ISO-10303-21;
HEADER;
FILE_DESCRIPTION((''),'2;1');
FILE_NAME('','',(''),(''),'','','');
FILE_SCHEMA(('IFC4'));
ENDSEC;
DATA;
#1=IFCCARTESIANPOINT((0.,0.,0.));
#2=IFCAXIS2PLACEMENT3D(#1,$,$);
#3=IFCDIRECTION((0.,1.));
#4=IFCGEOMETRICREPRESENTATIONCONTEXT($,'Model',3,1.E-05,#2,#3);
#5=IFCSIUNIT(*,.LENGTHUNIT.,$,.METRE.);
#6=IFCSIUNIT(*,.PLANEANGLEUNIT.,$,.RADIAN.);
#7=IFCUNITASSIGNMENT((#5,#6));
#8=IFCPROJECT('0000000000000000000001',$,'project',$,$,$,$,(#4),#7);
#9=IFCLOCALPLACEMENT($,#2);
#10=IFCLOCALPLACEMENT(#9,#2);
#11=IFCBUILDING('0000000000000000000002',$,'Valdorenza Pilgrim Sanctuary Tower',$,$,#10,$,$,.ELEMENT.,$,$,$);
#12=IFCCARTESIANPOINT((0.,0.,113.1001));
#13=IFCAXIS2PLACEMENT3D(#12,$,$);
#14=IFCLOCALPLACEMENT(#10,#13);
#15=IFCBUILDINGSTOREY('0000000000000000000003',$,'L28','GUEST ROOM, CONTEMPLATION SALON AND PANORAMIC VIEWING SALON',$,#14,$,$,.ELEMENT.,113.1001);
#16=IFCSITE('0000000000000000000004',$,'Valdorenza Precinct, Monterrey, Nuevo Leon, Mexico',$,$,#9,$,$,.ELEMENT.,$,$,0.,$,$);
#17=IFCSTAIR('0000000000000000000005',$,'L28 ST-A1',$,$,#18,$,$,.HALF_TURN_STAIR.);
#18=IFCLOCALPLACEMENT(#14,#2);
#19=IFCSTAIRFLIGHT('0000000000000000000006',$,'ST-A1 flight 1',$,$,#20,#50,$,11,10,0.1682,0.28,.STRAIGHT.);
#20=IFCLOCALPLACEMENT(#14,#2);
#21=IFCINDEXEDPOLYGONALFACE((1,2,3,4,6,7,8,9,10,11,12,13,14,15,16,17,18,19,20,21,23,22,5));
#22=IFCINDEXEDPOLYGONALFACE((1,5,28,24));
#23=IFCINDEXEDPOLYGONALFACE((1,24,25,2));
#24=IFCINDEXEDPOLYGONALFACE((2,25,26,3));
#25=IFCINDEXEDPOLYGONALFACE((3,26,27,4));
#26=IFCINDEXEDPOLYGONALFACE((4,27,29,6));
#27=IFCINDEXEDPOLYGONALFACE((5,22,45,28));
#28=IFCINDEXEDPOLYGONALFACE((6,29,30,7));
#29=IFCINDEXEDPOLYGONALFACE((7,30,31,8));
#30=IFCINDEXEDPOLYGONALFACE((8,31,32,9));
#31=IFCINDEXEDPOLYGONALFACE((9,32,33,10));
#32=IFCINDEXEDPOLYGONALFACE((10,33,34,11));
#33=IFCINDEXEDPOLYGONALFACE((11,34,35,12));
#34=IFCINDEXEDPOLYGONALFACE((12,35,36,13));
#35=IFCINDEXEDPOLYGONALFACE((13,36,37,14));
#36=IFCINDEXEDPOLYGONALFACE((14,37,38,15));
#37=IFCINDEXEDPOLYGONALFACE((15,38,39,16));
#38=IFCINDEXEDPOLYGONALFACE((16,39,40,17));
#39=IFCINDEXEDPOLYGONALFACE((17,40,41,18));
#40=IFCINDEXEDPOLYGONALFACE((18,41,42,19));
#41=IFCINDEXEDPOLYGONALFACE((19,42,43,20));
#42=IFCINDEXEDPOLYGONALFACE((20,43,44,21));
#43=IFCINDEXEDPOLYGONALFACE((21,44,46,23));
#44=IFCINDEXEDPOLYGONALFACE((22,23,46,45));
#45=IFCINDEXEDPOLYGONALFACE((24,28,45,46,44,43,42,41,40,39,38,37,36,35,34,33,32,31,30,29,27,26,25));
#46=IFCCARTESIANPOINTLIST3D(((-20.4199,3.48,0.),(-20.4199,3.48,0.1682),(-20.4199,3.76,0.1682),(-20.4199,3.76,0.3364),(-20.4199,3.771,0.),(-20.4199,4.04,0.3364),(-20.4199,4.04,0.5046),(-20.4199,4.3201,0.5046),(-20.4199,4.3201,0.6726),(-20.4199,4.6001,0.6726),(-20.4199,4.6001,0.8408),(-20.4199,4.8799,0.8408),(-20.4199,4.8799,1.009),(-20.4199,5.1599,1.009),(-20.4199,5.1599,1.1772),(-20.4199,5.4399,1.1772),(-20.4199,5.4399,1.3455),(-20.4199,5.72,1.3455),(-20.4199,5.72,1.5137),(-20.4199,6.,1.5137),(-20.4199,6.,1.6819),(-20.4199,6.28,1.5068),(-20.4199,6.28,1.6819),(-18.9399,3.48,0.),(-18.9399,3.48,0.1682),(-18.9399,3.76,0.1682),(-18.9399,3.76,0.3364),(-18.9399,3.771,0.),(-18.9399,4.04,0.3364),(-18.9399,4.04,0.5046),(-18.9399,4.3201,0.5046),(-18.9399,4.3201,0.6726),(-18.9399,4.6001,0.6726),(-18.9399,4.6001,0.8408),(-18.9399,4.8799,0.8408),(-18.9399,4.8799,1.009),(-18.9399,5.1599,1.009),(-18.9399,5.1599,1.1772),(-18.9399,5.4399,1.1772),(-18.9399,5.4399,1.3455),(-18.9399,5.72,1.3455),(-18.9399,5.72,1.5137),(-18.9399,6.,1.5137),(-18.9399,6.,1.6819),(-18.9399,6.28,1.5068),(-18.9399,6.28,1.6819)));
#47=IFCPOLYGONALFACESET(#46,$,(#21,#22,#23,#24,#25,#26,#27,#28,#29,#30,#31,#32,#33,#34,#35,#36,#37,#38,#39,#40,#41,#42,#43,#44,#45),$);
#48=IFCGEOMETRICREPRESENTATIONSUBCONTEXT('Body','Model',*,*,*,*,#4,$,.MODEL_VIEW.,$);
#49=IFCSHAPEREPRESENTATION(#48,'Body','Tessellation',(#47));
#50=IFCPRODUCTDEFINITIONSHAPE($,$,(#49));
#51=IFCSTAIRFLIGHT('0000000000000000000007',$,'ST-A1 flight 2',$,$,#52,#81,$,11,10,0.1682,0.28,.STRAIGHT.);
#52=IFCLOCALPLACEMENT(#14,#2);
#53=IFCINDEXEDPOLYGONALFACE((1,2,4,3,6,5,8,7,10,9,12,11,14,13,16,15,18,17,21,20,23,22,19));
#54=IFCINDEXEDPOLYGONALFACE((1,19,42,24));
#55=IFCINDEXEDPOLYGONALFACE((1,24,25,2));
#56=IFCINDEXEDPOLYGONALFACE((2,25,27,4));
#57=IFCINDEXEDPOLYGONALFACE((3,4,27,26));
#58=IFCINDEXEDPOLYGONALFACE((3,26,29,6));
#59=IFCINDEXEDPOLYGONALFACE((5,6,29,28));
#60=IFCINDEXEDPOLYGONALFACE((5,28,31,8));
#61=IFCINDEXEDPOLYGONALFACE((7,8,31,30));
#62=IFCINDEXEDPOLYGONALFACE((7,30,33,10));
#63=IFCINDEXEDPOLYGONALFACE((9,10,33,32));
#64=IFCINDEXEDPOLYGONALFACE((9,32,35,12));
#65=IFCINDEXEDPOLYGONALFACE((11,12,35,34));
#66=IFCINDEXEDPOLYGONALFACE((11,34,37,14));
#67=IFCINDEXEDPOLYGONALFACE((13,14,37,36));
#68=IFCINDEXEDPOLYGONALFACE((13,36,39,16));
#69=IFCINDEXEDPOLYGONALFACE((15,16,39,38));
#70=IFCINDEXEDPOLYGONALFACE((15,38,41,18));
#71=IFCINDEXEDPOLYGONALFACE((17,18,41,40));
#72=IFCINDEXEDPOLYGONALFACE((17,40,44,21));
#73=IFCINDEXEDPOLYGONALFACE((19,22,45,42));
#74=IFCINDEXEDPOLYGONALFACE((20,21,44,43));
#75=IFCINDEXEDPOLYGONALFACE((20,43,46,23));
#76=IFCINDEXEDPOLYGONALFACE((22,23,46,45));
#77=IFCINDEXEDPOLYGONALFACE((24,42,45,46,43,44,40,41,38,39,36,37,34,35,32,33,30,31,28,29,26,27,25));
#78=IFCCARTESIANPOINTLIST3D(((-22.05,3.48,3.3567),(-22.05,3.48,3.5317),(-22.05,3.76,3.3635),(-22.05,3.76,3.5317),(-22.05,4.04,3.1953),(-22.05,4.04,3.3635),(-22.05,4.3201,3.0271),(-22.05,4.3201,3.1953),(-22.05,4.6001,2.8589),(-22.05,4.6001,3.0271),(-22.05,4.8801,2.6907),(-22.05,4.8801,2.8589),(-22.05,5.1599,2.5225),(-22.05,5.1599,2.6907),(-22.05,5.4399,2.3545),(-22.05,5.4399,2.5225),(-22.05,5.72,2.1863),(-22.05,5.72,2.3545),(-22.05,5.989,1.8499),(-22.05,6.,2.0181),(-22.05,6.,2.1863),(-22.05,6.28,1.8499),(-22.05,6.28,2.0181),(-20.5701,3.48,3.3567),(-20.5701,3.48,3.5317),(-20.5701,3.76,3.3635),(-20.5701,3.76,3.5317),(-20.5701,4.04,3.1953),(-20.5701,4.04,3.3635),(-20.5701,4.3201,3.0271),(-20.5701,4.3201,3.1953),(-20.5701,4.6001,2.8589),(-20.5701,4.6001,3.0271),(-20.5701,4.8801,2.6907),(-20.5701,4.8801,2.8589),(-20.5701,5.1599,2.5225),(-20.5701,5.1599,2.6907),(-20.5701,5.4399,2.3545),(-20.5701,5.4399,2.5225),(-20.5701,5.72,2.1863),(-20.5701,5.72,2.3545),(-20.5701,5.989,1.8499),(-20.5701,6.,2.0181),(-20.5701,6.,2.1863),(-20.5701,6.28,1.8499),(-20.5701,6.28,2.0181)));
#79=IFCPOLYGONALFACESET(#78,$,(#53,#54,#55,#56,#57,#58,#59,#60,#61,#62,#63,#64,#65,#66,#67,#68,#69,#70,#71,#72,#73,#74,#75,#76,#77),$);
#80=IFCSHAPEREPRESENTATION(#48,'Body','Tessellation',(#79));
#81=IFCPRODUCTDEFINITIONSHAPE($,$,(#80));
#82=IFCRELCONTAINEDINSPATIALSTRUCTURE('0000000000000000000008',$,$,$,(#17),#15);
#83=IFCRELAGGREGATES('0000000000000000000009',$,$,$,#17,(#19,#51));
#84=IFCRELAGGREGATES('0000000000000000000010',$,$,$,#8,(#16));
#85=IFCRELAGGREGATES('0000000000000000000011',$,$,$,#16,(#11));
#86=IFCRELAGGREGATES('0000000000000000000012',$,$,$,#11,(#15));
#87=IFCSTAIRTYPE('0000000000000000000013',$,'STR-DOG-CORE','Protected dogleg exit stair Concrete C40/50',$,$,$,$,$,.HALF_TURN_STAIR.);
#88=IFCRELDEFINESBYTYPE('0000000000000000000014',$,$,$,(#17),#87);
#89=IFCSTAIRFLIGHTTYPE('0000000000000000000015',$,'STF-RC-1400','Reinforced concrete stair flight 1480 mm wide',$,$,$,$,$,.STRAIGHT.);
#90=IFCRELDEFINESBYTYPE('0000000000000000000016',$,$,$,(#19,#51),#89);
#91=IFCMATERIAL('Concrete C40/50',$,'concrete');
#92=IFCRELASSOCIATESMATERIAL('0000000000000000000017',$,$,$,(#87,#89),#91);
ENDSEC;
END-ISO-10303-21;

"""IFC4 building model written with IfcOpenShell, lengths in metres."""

from ifc_helpers import new_model, si_unit, direction, frame, origin, place, context, subcontext, project, spatial, polyline, outline, extrude, material, type_object, element, aggregate, save


model = new_model("IFC4")

# Units and contexts
model_context = context("Model", 3, precision=1e-05, world=origin(), true_north=direction((0.0, 1.0)))
body_context = subcontext(model_context, "Body", "Model", "MODEL_VIEW")
ifc_project = project(units=[si_unit("LENGTHUNIT", "METRE"), si_unit("PLANEANGLEUNIT", "RADIAN")], contexts=[model_context])

# Site, building, storey
site_placement = place(None, origin())
site = spatial("IfcSite", under=ifc_project, at=site_placement, Name="Valdorenza Precinct, Monterrey, Nuevo Leon, Mexico", CompositionType="ELEMENT", RefElevation=0.0)
building_placement = place(site_placement, origin())
building = spatial("IfcBuilding", under=site, at=building_placement, Name="Valdorenza Pilgrim Sanctuary Tower", CompositionType="ELEMENT")
storey_placement = place(building_placement, frame((0.0, 0.0, 113.1001)))
storey = spatial("IfcBuildingStorey", under=building, at=storey_placement, Name="L28", Description="GUEST ROOM, CONTEMPLATION SALON AND PANORAMIC VIEWING SALON", CompositionType="ELEMENT", Elevation=113.1001)

# Shared definitions
ifc_material_1 = material(Name="Concrete C40/50", Category="concrete")

# Stair, stair flights
stair_type = type_object("IfcStairType", Name="STR-DOG-CORE", Description="Protected dogleg exit stair Concrete C40/50", PredefinedType="HALF_TURN_STAIR", material=ifc_material_1)
stair_placement = place(storey_placement, origin())
stair = element("IfcStair", 1, at=stair_placement, inside=storey, type_object=stair_type, Name="L28 ST-A1", PredefinedType="HALF_TURN_STAIR")
stair_flight_type = type_object("IfcStairFlightType", Name="STF-RC-1400", Description="Reinforced concrete stair flight 1480 mm wide", PredefinedType="STRAIGHT", material=ifc_material_1)
stair_flight_1_placement = place(storey_placement, frame((-19.6799, 3.48, 0.0), z_axis=(0.0, 0.0, 1.0), x_axis=(0.0, 1.0, 0.0)))
stair_flight_1 = element("IfcStairFlight", 2, at=stair_flight_1_placement, type_object=stair_flight_type, Name="ST-A1 flight 1", NumberOfRisers=11, NumberOfTreads=10, PredefinedType="STRAIGHT", RiserHeight=0.1682, TreadLength=0.28, context=body_context, shape_type="SweptSolid", body=[
    extrude(outline(polyline([(0.0, 0.0), (0.0, 0.1682), (0.28, 0.1682), (0.28, 0.3364), (0.5601, 0.3364), (0.5601, 0.5046), (0.8401, 0.5046), (0.8401, 0.6726), (1.1201, 0.6726), (1.1201, 0.8408), (1.3999, 0.8408), (1.3999, 1.009), (1.6799, 1.009), (1.6799, 1.1772), (1.96, 1.1772), (1.96, 1.3455), (2.24, 1.3455), (2.24, 1.5137), (2.52, 1.5137), (2.52, 1.6819), (2.8, 1.6819), (2.8, 1.8501), (2.8, 1.5068), (0.291, 0.0), (0.0, 0.0)])), frame((0.0, 0.74, 0.0), z_axis=(0.0, -1.0, 0.0), x_axis=(1.0, 0.0, 0.0)), (0.0, 0.0, 1.0), 1.48),
])
stair_flight_2_placement = place(storey_placement, frame((-21.3101, 6.28, 1.8499), z_axis=(0.0, 0.0, 1.0), x_axis=(0.0, -1.0, 0.0)))
stair_flight_2 = element("IfcStairFlight", 3, at=stair_flight_2_placement, type_object=stair_flight_type, Name="ST-A1 flight 2", NumberOfRisers=11, NumberOfTreads=10, PredefinedType="STRAIGHT", RiserHeight=0.1682, TreadLength=0.28, context=body_context, shape_type="SweptSolid", body=[
    extrude(outline(polyline([(0.0, 0.0), (0.0, 0.1682), (0.28, 0.1682), (0.28, 0.3364), (0.5601, 0.3364), (0.5601, 0.5046), (0.8401, 0.5046), (0.8401, 0.6726), (1.1201, 0.6726), (1.1201, 0.8408), (1.3999, 0.8408), (1.3999, 1.009), (1.6799, 1.009), (1.6799, 1.1772), (1.96, 1.1772), (1.96, 1.3455), (2.24, 1.3455), (2.24, 1.5137), (2.52, 1.5137), (2.52, 1.6819), (2.8, 1.6819), (2.8, 1.8501), (2.8, 1.5068), (0.291, 0.0), (0.0, 0.0)])), frame((0.0, 0.74, 0.0), z_axis=(0.0, -1.0, 0.0), x_axis=(1.0, 0.0, 0.0)), (0.0, 0.0, 1.0), 1.48),
])
aggregate(stair, [stair_flight_1, stair_flight_2])

save(model, "model.ifc")
